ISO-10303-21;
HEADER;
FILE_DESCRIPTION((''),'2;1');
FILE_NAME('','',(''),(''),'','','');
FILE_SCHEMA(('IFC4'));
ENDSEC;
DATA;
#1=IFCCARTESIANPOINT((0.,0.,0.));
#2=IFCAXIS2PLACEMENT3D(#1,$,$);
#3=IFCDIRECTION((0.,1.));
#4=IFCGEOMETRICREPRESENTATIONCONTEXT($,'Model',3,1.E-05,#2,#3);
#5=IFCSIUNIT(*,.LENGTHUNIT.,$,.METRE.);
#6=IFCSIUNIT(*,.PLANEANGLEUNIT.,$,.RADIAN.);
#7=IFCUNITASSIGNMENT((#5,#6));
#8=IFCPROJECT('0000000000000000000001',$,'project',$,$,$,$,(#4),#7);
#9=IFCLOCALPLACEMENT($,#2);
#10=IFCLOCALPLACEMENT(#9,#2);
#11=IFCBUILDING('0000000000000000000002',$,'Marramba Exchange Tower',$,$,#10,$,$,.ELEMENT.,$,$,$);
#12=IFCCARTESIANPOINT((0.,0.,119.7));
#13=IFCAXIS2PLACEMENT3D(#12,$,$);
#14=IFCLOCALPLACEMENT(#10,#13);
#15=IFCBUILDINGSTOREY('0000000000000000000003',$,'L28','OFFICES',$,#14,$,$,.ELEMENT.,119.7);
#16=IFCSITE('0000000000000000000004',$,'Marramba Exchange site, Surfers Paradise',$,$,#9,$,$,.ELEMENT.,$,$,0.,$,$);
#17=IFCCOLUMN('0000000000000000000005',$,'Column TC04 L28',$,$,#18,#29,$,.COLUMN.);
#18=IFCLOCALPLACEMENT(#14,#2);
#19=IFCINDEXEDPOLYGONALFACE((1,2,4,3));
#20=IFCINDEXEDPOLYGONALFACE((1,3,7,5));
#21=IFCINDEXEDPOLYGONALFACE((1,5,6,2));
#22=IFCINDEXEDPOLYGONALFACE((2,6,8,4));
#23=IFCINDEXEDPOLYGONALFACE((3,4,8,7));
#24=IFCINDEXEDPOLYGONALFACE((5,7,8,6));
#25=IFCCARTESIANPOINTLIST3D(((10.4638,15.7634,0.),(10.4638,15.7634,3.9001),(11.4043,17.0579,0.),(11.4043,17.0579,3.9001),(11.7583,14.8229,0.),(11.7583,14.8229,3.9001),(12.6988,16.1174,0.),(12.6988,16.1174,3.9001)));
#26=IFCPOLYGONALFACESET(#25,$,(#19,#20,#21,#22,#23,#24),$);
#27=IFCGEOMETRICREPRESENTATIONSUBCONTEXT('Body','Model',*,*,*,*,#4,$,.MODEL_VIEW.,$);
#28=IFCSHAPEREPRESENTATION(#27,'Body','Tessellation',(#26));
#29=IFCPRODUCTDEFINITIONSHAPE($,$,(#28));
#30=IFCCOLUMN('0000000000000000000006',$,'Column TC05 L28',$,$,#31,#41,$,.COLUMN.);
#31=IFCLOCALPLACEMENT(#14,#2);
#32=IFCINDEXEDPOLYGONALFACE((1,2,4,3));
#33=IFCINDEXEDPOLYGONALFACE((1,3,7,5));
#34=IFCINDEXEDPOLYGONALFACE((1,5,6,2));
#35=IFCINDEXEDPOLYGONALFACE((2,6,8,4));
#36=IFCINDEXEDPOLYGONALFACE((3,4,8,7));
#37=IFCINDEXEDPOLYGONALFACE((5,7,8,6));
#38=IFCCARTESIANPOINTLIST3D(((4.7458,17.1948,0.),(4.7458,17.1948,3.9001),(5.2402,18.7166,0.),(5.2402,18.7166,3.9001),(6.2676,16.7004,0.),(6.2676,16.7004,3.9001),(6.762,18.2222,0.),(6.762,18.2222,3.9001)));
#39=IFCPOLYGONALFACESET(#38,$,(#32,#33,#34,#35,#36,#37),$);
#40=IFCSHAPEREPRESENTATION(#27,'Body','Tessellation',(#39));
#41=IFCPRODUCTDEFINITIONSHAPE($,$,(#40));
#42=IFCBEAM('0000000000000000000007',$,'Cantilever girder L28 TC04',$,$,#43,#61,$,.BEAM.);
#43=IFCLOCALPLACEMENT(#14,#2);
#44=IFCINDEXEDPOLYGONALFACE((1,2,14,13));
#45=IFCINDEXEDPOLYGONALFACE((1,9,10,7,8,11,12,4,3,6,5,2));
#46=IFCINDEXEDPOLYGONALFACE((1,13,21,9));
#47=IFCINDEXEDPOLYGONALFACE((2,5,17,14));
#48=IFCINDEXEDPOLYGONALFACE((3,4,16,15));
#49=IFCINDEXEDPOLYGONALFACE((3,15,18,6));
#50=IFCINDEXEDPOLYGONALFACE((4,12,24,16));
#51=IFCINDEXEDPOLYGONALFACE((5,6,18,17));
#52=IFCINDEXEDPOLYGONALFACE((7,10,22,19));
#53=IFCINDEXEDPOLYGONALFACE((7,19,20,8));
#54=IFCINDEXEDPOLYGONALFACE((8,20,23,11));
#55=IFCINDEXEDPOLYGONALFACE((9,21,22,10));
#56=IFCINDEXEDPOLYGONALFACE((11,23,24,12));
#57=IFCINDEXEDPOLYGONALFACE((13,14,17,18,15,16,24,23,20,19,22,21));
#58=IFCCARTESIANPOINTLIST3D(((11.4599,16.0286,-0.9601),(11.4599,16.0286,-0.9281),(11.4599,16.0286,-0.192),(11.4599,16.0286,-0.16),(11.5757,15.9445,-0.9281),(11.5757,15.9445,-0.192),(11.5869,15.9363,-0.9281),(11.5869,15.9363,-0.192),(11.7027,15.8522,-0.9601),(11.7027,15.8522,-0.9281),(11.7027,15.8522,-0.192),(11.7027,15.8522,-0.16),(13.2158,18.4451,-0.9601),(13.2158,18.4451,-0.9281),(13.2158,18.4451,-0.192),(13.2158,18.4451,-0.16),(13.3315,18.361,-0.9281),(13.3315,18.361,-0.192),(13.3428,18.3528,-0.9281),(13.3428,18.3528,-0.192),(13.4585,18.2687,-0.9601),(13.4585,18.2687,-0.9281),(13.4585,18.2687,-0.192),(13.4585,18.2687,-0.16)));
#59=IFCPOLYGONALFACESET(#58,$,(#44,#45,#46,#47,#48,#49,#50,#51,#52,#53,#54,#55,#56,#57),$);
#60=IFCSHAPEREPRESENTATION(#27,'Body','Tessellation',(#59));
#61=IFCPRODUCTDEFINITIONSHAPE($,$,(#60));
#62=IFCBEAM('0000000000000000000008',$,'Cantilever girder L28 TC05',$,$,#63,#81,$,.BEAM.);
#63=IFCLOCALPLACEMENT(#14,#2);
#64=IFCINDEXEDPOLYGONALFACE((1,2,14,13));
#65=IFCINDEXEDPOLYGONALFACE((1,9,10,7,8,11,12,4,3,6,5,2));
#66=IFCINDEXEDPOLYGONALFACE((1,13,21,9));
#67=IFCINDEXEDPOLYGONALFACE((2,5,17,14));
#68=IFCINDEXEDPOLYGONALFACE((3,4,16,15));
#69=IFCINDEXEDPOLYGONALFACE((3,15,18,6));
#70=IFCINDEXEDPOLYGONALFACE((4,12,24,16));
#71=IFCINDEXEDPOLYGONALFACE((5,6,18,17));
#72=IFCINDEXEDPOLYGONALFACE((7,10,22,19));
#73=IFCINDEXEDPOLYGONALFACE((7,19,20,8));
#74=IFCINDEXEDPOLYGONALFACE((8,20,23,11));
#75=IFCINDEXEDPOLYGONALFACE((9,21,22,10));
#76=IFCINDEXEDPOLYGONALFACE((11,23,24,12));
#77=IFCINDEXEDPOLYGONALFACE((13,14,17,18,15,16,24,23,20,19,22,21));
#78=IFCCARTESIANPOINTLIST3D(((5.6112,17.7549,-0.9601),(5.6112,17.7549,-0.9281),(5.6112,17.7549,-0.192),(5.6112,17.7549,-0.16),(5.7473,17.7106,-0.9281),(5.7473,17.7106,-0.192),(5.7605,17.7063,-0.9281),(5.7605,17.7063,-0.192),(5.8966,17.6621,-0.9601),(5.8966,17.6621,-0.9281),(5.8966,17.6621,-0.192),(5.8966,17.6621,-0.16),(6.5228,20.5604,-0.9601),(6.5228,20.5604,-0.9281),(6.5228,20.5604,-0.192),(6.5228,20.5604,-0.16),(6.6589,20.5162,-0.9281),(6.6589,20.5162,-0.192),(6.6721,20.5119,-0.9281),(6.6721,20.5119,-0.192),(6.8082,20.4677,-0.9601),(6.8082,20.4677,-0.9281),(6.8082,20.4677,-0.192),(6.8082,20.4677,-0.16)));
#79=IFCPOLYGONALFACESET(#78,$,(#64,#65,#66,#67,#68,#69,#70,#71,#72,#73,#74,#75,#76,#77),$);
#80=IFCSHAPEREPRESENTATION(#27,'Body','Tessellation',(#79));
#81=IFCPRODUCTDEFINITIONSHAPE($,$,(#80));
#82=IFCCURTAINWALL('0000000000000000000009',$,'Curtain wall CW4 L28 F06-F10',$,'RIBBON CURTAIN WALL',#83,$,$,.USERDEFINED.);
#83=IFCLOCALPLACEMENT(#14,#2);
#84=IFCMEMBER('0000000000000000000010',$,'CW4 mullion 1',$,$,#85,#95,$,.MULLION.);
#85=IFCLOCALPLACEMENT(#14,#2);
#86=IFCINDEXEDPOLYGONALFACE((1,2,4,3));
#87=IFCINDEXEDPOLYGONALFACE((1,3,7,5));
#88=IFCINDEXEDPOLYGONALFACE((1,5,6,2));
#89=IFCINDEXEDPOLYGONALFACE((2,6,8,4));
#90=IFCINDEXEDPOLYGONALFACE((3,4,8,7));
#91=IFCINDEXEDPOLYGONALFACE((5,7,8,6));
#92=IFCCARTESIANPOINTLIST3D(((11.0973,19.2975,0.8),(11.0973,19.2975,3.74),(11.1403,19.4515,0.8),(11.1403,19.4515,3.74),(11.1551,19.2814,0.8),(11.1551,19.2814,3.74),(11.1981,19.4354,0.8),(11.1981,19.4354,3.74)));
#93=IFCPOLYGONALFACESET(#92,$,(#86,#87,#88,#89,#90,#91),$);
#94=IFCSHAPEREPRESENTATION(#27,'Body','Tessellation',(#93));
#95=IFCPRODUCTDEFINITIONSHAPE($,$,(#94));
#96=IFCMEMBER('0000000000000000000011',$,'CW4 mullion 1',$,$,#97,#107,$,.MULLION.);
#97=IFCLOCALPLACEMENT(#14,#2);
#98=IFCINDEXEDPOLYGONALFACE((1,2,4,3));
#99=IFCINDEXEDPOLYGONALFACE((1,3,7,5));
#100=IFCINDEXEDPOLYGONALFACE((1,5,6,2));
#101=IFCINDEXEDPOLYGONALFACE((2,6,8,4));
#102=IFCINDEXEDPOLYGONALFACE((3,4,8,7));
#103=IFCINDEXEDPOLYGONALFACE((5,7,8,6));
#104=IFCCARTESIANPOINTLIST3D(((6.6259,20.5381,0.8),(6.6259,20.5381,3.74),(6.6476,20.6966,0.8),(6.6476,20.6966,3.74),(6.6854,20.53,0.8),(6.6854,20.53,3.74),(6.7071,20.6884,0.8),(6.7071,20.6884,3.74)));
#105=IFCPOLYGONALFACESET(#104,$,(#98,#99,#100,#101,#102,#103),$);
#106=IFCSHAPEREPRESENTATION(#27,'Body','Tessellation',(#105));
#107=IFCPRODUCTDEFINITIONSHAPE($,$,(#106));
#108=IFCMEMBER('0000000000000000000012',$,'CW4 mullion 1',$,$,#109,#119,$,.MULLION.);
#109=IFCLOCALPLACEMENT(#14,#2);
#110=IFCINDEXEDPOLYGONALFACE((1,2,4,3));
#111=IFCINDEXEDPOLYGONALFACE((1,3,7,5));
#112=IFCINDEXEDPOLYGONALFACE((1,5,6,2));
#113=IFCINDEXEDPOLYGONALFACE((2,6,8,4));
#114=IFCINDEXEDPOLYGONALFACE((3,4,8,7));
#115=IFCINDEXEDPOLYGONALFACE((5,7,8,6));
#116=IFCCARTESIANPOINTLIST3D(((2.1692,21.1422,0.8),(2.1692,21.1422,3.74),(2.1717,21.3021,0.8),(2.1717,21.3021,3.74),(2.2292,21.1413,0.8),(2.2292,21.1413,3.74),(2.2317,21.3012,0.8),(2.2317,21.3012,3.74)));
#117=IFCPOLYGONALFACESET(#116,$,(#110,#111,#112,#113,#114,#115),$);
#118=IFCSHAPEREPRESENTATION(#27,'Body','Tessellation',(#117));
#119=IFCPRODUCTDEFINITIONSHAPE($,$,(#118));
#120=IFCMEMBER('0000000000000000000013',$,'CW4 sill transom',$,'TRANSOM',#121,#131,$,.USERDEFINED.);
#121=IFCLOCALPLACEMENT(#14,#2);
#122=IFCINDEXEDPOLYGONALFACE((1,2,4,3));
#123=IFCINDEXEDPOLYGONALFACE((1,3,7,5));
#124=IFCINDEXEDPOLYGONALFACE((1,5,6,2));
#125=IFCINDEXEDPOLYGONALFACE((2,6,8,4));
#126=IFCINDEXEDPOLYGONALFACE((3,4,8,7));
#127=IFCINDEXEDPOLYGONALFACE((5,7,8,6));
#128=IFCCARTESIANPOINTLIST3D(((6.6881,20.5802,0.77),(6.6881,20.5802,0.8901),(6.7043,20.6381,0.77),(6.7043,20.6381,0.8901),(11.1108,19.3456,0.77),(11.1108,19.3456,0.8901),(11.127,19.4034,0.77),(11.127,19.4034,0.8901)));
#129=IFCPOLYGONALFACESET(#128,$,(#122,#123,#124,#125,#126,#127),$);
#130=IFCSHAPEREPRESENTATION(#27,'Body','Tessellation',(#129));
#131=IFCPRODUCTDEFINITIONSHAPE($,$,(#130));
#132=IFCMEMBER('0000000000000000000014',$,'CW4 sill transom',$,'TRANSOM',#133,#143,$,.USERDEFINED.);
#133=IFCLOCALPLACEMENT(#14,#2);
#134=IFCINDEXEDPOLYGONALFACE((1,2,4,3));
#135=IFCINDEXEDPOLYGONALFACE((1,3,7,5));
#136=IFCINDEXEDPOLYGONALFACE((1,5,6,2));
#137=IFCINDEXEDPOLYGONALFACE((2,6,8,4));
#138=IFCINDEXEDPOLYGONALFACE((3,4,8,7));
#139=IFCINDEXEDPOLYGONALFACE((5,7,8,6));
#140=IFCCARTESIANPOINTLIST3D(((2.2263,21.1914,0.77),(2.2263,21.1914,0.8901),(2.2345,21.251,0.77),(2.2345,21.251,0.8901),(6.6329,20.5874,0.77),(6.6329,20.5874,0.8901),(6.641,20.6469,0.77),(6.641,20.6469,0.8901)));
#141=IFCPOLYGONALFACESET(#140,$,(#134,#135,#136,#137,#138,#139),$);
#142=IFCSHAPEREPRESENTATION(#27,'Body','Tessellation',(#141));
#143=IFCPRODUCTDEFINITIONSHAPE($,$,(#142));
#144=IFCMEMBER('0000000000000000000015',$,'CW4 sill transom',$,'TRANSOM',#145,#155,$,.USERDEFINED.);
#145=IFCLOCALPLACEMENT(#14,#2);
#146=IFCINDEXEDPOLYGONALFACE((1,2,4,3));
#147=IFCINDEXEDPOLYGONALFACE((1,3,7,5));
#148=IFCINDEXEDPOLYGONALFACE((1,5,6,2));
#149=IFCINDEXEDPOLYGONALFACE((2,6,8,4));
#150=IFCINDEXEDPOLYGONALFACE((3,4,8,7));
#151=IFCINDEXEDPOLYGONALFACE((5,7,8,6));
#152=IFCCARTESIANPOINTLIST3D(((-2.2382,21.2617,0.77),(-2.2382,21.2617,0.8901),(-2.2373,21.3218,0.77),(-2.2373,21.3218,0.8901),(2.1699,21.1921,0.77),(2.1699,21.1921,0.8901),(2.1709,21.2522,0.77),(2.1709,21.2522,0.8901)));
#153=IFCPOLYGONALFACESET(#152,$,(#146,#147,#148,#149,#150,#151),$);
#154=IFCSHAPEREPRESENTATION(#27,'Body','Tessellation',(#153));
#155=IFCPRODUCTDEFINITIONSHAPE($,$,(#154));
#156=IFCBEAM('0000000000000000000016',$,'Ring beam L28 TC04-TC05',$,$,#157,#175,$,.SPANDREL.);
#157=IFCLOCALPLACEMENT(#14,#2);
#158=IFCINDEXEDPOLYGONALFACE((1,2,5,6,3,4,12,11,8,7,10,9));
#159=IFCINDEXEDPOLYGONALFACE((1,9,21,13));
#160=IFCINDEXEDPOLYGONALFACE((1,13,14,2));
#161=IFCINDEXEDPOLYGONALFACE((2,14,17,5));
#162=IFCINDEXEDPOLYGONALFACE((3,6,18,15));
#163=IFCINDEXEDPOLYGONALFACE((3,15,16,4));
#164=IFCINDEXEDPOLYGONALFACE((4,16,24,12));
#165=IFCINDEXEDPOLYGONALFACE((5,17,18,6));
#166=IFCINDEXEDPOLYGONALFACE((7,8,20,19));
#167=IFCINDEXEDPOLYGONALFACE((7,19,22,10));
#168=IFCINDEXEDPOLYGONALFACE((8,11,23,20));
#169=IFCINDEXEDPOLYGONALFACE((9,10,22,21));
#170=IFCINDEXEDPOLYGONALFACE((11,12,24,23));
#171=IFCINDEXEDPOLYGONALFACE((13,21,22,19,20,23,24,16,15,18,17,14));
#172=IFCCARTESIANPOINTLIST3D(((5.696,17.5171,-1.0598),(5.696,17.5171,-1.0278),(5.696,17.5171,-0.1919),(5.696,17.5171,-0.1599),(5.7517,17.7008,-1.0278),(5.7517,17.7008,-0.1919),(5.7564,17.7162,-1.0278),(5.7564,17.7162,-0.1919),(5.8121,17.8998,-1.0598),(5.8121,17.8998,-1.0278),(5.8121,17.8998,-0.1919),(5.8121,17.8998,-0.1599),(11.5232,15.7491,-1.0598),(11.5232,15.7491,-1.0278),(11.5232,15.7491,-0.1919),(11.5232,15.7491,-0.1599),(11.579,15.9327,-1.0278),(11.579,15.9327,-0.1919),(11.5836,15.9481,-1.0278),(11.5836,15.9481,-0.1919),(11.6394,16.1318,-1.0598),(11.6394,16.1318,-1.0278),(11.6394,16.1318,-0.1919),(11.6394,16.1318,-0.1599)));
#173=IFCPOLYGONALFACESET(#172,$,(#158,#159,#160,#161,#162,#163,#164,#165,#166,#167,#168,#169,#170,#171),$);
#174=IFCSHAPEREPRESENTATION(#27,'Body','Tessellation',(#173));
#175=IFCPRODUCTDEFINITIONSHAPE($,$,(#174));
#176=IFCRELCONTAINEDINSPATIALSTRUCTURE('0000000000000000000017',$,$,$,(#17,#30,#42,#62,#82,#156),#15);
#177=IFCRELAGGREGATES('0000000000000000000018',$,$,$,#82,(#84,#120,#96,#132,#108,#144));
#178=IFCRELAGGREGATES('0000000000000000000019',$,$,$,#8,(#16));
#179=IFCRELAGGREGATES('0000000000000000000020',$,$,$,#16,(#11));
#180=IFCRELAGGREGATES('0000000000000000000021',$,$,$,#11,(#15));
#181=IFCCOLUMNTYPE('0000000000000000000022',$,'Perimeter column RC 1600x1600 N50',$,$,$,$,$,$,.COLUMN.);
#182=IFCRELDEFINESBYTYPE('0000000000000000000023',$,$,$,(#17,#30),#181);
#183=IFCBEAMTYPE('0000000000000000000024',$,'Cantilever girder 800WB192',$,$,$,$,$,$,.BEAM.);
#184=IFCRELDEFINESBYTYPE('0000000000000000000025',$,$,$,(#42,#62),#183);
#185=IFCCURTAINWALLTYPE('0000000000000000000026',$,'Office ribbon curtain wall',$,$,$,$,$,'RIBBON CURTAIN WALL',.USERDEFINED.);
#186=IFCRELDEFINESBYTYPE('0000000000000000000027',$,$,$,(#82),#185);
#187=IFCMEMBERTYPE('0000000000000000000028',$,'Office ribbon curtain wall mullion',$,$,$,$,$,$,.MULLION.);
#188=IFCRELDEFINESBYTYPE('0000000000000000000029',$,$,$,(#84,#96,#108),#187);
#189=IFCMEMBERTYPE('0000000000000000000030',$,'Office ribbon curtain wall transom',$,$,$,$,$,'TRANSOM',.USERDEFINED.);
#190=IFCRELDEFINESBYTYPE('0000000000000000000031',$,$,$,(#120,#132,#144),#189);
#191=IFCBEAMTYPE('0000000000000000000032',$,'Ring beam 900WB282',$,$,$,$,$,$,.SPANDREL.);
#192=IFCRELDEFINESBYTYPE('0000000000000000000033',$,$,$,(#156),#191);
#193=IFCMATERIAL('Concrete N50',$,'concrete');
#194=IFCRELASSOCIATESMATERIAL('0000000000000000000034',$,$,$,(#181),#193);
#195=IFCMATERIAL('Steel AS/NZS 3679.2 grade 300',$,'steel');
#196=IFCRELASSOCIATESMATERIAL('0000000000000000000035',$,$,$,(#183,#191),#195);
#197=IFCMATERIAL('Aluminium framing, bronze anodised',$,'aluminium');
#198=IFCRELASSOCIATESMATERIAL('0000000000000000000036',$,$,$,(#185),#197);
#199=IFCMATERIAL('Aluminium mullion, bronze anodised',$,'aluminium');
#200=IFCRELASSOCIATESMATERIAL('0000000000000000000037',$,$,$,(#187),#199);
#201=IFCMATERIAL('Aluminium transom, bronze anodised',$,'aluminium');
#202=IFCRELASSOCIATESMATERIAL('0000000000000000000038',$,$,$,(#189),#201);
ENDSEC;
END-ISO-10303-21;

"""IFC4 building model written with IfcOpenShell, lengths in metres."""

from ifc_helpers import new_model, si_unit, direction, frame, origin, origin_2d, place, context, subcontext, project, spatial, rectangle, i_section, extrude, material, material_profile, profile_set, type_object, element, aggregate, save


model = new_model("IFC4")

# Units and contexts
model_context = context("Model", 3, precision=1e-05, world=origin(), true_north=direction((0.0, 1.0)))
body_context = subcontext(model_context, "Body", "Model", "MODEL_VIEW")
ifc_project = project(units=[si_unit("LENGTHUNIT", "METRE"), si_unit("PLANEANGLEUNIT", "RADIAN")], contexts=[model_context])

# Site, building, storey
site_placement = place(None, origin())
site = spatial("IfcSite", under=ifc_project, at=site_placement, Name="Marramba Exchange site, Surfers Paradise", CompositionType="ELEMENT", RefElevation=0.0)
building_placement = place(site_placement, origin())
building = spatial("IfcBuilding", under=site, at=building_placement, Name="Marramba Exchange Tower", CompositionType="ELEMENT")
storey_placement = place(building_placement, frame((0.0, 0.0, 119.7)))
storey = spatial("IfcBuildingStorey", under=building, at=storey_placement, Name="L28", Description="OFFICES", CompositionType="ELEMENT", Elevation=119.7)

# Columns
ifc_material_1 = material(Name="Concrete N50", Category="concrete")
ifc_material_profile_1 = material_profile(ifc_material_1, rectangle(XDim=1.6001, YDim=1.6001, at=origin_2d()), Name="RC 1600x1600")
ifc_profile_set_1 = profile_set([ifc_material_profile_1], Name="Concrete N50")
column_type = type_object("IfcColumnType", Name="Perimeter column RC 1600x1600 N50", PredefinedType="COLUMN", material=ifc_profile_set_1)
for number, where, z_axis, x_axis, name in (
    (1, (11.5813, 15.9404, 0.0), (0.0, 0.0, 1.0), (0.587785, 0.809017, 0.0), "Column TC04 L28"),
    (2, (5.7539, 17.7085, 0.0), (0.0, 0.0, 1.0), (0.309017, 0.951057, 0.0), "Column TC05 L28"),
):
    element("IfcColumn", number, at=place(storey_placement, frame(where, z_axis=z_axis, x_axis=x_axis)), inside=storey, type_object=column_type, Name=name, PredefinedType="COLUMN", context=body_context, shape_type="SweptSolid", body=[
        extrude(rectangle(XDim=1.6001, YDim=1.6001, at=origin_2d()), origin(), (0.0, 0.0, 1.0), 3.9001),
    ])

# Beams
ifc_material_2 = material(Name="Steel AS/NZS 3679.2 grade 300", Category="steel")
ifc_material_profile_2 = material_profile(ifc_material_2, i_section(OverallWidth=0.3, OverallDepth=0.8, WebThickness=0.0139, FlangeThickness=0.032, at=origin_2d()), Name="800WB192")
ifc_profile_set_2 = profile_set([ifc_material_profile_2], Name="Steel AS/NZS 3679.2 grade 300")
beam_type_1 = type_object("IfcBeamType", Name="Cantilever girder 800WB192", PredefinedType="BEAM", material=ifc_profile_set_2)
beam_1_placement = place(storey_placement, frame((11.5813, 15.9404, -0.5601), z_axis=(0.587822, 0.80899, 0.0), x_axis=(-0.80899, 0.587822, 0.0)))
element("IfcBeam", 3, at=beam_1_placement, inside=storey, type_object=beam_type_1, Name="Cantilever girder L28 TC04", PredefinedType="BEAM", context=body_context, shape_type="SweptSolid", body=[
    extrude(i_section(OverallWidth=0.3, OverallDepth=0.8, WebThickness=0.0139, FlangeThickness=0.032, at=origin_2d()), origin(), (0.0, 0.0, 1.0), 2.9871),
])
beam_2_placement = place(storey_placement, frame((5.7539, 17.7085, -0.5601), z_axis=(0.309019, 0.951056, 0.0), x_axis=(-0.951056, 0.309019, 0.0)))
element("IfcBeam", 4, at=beam_2_placement, inside=storey, type_object=beam_type_1, Name="Cantilever girder L28 TC05", PredefinedType="BEAM", context=body_context, shape_type="SweptSolid", body=[
    extrude(i_section(OverallWidth=0.3, OverallDepth=0.8, WebThickness=0.0139, FlangeThickness=0.032, at=origin_2d()), origin(), (0.0, 0.0, 1.0), 2.95),
])

# Curtain wall, members
ifc_material_3 = material(Name="Aluminium framing, bronze anodised", Category="aluminium")
curtain_wall_type = type_object("IfcCurtainWallType", Name="Office ribbon curtain wall", ElementType="RIBBON CURTAIN WALL", PredefinedType="USERDEFINED", material=ifc_material_3)
curtain_wall_1_placement = place(storey_placement, origin())
curtain_wall_1 = element("IfcCurtainWall", 5, at=curtain_wall_1_placement, inside=storey, type_object=curtain_wall_type, Name="Curtain wall CW4 L28 F06-F10", ObjectType="RIBBON CURTAIN WALL", PredefinedType="USERDEFINED")
ifc_material_4 = material(Name="Aluminium mullion, bronze anodised", Category="aluminium")
ifc_material_profile_3 = material_profile(ifc_material_4, rectangle(XDim=0.1599, YDim=0.0601, at=origin_2d()), Name="CW4 mullion 60x160")
ifc_profile_set_3 = profile_set([ifc_material_profile_3], Name="Aluminium mullion, bronze anodised")
member_type_1 = type_object("IfcMemberType", Name="Office ribbon curtain wall mullion", PredefinedType="MULLION", material=ifc_profile_set_3)
member_1_placement = place(storey_placement, frame((11.1477, 19.3665, 0.8), z_axis=(0.0, 0.0, 1.0), x_axis=(-0.268865, -0.963178, 0.0)))
member_1 = element("IfcMember", 6, at=member_1_placement, type_object=member_type_1, Name="CW4 mullion 1", PredefinedType="MULLION", context=body_context, shape_type="SweptSolid", body=[
    extrude(rectangle(XDim=0.1599, YDim=0.0601, at=origin_2d()), origin(), (0.0, 0.0, 1.0), 2.9399),
])
member_2_placement = place(storey_placement, frame((6.6665, 20.6133, 0.8), z_axis=(0.0, 0.0, 1.0), x_axis=(-0.135786, -0.990738, 0.0)))
member_2 = element("IfcMember", 7, at=member_2_placement, type_object=member_type_1, Name="CW4 mullion 1", PredefinedType="MULLION", context=body_context, shape_type="SweptSolid", body=[
    extrude(rectangle(XDim=0.1599, YDim=0.0601, at=origin_2d()), origin(), (0.0, 0.0, 1.0), 2.9399),
])
member_3_placement = place(storey_placement, frame((2.2004, 21.2217, 0.8), z_axis=(0.0, 0.0, 1.0), x_axis=(-0.015756, -0.999876, 0.0)))
member_3 = element("IfcMember", 8, at=member_3_placement, type_object=member_type_1, Name="CW4 mullion 1", PredefinedType="MULLION", context=body_context, shape_type="SweptSolid", body=[
    extrude(rectangle(XDim=0.1599, YDim=0.0601, at=origin_2d()), origin(), (0.0, 0.0, 1.0), 2.9399),
])
ifc_material_5 = material(Name="Aluminium transom, bronze anodised", Category="aluminium")
ifc_material_profile_4 = material_profile(ifc_material_5, rectangle(XDim=0.0601, YDim=0.1201, at=origin_2d()), Name="CW4 transom 60x120")
ifc_profile_set_4 = profile_set([ifc_material_profile_4], Name="Aluminium transom, bronze anodised")
member_type_2 = type_object("IfcMemberType", Name="Office ribbon curtain wall transom", ElementType="TRANSOM", PredefinedType="USERDEFINED", material=ifc_profile_set_4)
member_4_placement = place(storey_placement, frame((11.1189, 19.3745, 0.8301), z_axis=(-0.963174, 0.26888, 0.0), x_axis=(-0.26888, -0.963174, 0.0)))
member_4 = element("IfcMember", 9, at=member_4_placement, type_object=member_type_2, Name="CW4 sill transom", ObjectType="TRANSOM", PredefinedType="USERDEFINED", context=body_context, shape_type="SweptSolid", body=[
    extrude(rectangle(XDim=0.0601, YDim=0.1201, at=origin_2d()), origin(), (0.0, 0.0, 1.0), 4.5918),
])
member_5_placement = place(storey_placement, frame((6.637, 20.6172, 0.8301), z_axis=(-0.990736, 0.135801, 0.0), x_axis=(-0.135801, -0.990736, 0.0)))
member_5 = element("IfcMember", 10, at=member_5_placement, type_object=member_type_2, Name="CW4 sill transom", ObjectType="TRANSOM", PredefinedType="USERDEFINED", context=body_context, shape_type="SweptSolid", body=[
    extrude(rectangle(XDim=0.0601, YDim=0.1201, at=origin_2d()), origin(), (0.0, 0.0, 1.0), 4.4478),
])
member_6_placement = place(storey_placement, frame((2.1704, 21.2222, 0.8301), z_axis=(-0.999875, 0.015782, 0.0), x_axis=(-0.015782, -0.999875, 0.0)))
member_6 = element("IfcMember", 11, at=member_6_placement, type_object=member_type_2, Name="CW4 sill transom", ObjectType="TRANSOM", PredefinedType="USERDEFINED", context=body_context, shape_type="SweptSolid", body=[
    extrude(rectangle(XDim=0.0601, YDim=0.1201, at=origin_2d()), origin(), (0.0, 0.0, 1.0), 4.4087),
])

# Beam
ifc_material_profile_5 = material_profile(ifc_material_2, i_section(OverallWidth=0.3999, OverallDepth=0.8999, WebThickness=0.0161, FlangeThickness=0.032, at=origin_2d()), Name="900WB282")
ifc_profile_set_5 = profile_set([ifc_material_profile_5], Name="Steel AS/NZS 3679.2 grade 300")
beam_type_2 = type_object("IfcBeamType", Name="Ring beam 900WB282", PredefinedType="SPANDREL", material=ifc_profile_set_5)
beam_3_placement = place(storey_placement, frame((11.5813, 15.9404, -0.6099), z_axis=(-0.956925, 0.290337, 0.0), x_axis=(-0.290337, -0.956925, 0.0)))
element("IfcBeam", 12, at=beam_3_placement, inside=storey, type_object=beam_type_2, Name="Ring beam L28 TC04-TC05", PredefinedType="SPANDREL", context=body_context, shape_type="SweptSolid", body=[
    extrude(i_section(OverallWidth=0.3999, OverallDepth=0.8999, WebThickness=0.0161, FlangeThickness=0.032, at=origin_2d()), origin(), (0.0, 0.0, 1.0), 6.0896),
])

aggregate(curtain_wall_1, [member_1, member_4, member_2, member_5, member_3, member_6])

save(model, "model.ifc")
